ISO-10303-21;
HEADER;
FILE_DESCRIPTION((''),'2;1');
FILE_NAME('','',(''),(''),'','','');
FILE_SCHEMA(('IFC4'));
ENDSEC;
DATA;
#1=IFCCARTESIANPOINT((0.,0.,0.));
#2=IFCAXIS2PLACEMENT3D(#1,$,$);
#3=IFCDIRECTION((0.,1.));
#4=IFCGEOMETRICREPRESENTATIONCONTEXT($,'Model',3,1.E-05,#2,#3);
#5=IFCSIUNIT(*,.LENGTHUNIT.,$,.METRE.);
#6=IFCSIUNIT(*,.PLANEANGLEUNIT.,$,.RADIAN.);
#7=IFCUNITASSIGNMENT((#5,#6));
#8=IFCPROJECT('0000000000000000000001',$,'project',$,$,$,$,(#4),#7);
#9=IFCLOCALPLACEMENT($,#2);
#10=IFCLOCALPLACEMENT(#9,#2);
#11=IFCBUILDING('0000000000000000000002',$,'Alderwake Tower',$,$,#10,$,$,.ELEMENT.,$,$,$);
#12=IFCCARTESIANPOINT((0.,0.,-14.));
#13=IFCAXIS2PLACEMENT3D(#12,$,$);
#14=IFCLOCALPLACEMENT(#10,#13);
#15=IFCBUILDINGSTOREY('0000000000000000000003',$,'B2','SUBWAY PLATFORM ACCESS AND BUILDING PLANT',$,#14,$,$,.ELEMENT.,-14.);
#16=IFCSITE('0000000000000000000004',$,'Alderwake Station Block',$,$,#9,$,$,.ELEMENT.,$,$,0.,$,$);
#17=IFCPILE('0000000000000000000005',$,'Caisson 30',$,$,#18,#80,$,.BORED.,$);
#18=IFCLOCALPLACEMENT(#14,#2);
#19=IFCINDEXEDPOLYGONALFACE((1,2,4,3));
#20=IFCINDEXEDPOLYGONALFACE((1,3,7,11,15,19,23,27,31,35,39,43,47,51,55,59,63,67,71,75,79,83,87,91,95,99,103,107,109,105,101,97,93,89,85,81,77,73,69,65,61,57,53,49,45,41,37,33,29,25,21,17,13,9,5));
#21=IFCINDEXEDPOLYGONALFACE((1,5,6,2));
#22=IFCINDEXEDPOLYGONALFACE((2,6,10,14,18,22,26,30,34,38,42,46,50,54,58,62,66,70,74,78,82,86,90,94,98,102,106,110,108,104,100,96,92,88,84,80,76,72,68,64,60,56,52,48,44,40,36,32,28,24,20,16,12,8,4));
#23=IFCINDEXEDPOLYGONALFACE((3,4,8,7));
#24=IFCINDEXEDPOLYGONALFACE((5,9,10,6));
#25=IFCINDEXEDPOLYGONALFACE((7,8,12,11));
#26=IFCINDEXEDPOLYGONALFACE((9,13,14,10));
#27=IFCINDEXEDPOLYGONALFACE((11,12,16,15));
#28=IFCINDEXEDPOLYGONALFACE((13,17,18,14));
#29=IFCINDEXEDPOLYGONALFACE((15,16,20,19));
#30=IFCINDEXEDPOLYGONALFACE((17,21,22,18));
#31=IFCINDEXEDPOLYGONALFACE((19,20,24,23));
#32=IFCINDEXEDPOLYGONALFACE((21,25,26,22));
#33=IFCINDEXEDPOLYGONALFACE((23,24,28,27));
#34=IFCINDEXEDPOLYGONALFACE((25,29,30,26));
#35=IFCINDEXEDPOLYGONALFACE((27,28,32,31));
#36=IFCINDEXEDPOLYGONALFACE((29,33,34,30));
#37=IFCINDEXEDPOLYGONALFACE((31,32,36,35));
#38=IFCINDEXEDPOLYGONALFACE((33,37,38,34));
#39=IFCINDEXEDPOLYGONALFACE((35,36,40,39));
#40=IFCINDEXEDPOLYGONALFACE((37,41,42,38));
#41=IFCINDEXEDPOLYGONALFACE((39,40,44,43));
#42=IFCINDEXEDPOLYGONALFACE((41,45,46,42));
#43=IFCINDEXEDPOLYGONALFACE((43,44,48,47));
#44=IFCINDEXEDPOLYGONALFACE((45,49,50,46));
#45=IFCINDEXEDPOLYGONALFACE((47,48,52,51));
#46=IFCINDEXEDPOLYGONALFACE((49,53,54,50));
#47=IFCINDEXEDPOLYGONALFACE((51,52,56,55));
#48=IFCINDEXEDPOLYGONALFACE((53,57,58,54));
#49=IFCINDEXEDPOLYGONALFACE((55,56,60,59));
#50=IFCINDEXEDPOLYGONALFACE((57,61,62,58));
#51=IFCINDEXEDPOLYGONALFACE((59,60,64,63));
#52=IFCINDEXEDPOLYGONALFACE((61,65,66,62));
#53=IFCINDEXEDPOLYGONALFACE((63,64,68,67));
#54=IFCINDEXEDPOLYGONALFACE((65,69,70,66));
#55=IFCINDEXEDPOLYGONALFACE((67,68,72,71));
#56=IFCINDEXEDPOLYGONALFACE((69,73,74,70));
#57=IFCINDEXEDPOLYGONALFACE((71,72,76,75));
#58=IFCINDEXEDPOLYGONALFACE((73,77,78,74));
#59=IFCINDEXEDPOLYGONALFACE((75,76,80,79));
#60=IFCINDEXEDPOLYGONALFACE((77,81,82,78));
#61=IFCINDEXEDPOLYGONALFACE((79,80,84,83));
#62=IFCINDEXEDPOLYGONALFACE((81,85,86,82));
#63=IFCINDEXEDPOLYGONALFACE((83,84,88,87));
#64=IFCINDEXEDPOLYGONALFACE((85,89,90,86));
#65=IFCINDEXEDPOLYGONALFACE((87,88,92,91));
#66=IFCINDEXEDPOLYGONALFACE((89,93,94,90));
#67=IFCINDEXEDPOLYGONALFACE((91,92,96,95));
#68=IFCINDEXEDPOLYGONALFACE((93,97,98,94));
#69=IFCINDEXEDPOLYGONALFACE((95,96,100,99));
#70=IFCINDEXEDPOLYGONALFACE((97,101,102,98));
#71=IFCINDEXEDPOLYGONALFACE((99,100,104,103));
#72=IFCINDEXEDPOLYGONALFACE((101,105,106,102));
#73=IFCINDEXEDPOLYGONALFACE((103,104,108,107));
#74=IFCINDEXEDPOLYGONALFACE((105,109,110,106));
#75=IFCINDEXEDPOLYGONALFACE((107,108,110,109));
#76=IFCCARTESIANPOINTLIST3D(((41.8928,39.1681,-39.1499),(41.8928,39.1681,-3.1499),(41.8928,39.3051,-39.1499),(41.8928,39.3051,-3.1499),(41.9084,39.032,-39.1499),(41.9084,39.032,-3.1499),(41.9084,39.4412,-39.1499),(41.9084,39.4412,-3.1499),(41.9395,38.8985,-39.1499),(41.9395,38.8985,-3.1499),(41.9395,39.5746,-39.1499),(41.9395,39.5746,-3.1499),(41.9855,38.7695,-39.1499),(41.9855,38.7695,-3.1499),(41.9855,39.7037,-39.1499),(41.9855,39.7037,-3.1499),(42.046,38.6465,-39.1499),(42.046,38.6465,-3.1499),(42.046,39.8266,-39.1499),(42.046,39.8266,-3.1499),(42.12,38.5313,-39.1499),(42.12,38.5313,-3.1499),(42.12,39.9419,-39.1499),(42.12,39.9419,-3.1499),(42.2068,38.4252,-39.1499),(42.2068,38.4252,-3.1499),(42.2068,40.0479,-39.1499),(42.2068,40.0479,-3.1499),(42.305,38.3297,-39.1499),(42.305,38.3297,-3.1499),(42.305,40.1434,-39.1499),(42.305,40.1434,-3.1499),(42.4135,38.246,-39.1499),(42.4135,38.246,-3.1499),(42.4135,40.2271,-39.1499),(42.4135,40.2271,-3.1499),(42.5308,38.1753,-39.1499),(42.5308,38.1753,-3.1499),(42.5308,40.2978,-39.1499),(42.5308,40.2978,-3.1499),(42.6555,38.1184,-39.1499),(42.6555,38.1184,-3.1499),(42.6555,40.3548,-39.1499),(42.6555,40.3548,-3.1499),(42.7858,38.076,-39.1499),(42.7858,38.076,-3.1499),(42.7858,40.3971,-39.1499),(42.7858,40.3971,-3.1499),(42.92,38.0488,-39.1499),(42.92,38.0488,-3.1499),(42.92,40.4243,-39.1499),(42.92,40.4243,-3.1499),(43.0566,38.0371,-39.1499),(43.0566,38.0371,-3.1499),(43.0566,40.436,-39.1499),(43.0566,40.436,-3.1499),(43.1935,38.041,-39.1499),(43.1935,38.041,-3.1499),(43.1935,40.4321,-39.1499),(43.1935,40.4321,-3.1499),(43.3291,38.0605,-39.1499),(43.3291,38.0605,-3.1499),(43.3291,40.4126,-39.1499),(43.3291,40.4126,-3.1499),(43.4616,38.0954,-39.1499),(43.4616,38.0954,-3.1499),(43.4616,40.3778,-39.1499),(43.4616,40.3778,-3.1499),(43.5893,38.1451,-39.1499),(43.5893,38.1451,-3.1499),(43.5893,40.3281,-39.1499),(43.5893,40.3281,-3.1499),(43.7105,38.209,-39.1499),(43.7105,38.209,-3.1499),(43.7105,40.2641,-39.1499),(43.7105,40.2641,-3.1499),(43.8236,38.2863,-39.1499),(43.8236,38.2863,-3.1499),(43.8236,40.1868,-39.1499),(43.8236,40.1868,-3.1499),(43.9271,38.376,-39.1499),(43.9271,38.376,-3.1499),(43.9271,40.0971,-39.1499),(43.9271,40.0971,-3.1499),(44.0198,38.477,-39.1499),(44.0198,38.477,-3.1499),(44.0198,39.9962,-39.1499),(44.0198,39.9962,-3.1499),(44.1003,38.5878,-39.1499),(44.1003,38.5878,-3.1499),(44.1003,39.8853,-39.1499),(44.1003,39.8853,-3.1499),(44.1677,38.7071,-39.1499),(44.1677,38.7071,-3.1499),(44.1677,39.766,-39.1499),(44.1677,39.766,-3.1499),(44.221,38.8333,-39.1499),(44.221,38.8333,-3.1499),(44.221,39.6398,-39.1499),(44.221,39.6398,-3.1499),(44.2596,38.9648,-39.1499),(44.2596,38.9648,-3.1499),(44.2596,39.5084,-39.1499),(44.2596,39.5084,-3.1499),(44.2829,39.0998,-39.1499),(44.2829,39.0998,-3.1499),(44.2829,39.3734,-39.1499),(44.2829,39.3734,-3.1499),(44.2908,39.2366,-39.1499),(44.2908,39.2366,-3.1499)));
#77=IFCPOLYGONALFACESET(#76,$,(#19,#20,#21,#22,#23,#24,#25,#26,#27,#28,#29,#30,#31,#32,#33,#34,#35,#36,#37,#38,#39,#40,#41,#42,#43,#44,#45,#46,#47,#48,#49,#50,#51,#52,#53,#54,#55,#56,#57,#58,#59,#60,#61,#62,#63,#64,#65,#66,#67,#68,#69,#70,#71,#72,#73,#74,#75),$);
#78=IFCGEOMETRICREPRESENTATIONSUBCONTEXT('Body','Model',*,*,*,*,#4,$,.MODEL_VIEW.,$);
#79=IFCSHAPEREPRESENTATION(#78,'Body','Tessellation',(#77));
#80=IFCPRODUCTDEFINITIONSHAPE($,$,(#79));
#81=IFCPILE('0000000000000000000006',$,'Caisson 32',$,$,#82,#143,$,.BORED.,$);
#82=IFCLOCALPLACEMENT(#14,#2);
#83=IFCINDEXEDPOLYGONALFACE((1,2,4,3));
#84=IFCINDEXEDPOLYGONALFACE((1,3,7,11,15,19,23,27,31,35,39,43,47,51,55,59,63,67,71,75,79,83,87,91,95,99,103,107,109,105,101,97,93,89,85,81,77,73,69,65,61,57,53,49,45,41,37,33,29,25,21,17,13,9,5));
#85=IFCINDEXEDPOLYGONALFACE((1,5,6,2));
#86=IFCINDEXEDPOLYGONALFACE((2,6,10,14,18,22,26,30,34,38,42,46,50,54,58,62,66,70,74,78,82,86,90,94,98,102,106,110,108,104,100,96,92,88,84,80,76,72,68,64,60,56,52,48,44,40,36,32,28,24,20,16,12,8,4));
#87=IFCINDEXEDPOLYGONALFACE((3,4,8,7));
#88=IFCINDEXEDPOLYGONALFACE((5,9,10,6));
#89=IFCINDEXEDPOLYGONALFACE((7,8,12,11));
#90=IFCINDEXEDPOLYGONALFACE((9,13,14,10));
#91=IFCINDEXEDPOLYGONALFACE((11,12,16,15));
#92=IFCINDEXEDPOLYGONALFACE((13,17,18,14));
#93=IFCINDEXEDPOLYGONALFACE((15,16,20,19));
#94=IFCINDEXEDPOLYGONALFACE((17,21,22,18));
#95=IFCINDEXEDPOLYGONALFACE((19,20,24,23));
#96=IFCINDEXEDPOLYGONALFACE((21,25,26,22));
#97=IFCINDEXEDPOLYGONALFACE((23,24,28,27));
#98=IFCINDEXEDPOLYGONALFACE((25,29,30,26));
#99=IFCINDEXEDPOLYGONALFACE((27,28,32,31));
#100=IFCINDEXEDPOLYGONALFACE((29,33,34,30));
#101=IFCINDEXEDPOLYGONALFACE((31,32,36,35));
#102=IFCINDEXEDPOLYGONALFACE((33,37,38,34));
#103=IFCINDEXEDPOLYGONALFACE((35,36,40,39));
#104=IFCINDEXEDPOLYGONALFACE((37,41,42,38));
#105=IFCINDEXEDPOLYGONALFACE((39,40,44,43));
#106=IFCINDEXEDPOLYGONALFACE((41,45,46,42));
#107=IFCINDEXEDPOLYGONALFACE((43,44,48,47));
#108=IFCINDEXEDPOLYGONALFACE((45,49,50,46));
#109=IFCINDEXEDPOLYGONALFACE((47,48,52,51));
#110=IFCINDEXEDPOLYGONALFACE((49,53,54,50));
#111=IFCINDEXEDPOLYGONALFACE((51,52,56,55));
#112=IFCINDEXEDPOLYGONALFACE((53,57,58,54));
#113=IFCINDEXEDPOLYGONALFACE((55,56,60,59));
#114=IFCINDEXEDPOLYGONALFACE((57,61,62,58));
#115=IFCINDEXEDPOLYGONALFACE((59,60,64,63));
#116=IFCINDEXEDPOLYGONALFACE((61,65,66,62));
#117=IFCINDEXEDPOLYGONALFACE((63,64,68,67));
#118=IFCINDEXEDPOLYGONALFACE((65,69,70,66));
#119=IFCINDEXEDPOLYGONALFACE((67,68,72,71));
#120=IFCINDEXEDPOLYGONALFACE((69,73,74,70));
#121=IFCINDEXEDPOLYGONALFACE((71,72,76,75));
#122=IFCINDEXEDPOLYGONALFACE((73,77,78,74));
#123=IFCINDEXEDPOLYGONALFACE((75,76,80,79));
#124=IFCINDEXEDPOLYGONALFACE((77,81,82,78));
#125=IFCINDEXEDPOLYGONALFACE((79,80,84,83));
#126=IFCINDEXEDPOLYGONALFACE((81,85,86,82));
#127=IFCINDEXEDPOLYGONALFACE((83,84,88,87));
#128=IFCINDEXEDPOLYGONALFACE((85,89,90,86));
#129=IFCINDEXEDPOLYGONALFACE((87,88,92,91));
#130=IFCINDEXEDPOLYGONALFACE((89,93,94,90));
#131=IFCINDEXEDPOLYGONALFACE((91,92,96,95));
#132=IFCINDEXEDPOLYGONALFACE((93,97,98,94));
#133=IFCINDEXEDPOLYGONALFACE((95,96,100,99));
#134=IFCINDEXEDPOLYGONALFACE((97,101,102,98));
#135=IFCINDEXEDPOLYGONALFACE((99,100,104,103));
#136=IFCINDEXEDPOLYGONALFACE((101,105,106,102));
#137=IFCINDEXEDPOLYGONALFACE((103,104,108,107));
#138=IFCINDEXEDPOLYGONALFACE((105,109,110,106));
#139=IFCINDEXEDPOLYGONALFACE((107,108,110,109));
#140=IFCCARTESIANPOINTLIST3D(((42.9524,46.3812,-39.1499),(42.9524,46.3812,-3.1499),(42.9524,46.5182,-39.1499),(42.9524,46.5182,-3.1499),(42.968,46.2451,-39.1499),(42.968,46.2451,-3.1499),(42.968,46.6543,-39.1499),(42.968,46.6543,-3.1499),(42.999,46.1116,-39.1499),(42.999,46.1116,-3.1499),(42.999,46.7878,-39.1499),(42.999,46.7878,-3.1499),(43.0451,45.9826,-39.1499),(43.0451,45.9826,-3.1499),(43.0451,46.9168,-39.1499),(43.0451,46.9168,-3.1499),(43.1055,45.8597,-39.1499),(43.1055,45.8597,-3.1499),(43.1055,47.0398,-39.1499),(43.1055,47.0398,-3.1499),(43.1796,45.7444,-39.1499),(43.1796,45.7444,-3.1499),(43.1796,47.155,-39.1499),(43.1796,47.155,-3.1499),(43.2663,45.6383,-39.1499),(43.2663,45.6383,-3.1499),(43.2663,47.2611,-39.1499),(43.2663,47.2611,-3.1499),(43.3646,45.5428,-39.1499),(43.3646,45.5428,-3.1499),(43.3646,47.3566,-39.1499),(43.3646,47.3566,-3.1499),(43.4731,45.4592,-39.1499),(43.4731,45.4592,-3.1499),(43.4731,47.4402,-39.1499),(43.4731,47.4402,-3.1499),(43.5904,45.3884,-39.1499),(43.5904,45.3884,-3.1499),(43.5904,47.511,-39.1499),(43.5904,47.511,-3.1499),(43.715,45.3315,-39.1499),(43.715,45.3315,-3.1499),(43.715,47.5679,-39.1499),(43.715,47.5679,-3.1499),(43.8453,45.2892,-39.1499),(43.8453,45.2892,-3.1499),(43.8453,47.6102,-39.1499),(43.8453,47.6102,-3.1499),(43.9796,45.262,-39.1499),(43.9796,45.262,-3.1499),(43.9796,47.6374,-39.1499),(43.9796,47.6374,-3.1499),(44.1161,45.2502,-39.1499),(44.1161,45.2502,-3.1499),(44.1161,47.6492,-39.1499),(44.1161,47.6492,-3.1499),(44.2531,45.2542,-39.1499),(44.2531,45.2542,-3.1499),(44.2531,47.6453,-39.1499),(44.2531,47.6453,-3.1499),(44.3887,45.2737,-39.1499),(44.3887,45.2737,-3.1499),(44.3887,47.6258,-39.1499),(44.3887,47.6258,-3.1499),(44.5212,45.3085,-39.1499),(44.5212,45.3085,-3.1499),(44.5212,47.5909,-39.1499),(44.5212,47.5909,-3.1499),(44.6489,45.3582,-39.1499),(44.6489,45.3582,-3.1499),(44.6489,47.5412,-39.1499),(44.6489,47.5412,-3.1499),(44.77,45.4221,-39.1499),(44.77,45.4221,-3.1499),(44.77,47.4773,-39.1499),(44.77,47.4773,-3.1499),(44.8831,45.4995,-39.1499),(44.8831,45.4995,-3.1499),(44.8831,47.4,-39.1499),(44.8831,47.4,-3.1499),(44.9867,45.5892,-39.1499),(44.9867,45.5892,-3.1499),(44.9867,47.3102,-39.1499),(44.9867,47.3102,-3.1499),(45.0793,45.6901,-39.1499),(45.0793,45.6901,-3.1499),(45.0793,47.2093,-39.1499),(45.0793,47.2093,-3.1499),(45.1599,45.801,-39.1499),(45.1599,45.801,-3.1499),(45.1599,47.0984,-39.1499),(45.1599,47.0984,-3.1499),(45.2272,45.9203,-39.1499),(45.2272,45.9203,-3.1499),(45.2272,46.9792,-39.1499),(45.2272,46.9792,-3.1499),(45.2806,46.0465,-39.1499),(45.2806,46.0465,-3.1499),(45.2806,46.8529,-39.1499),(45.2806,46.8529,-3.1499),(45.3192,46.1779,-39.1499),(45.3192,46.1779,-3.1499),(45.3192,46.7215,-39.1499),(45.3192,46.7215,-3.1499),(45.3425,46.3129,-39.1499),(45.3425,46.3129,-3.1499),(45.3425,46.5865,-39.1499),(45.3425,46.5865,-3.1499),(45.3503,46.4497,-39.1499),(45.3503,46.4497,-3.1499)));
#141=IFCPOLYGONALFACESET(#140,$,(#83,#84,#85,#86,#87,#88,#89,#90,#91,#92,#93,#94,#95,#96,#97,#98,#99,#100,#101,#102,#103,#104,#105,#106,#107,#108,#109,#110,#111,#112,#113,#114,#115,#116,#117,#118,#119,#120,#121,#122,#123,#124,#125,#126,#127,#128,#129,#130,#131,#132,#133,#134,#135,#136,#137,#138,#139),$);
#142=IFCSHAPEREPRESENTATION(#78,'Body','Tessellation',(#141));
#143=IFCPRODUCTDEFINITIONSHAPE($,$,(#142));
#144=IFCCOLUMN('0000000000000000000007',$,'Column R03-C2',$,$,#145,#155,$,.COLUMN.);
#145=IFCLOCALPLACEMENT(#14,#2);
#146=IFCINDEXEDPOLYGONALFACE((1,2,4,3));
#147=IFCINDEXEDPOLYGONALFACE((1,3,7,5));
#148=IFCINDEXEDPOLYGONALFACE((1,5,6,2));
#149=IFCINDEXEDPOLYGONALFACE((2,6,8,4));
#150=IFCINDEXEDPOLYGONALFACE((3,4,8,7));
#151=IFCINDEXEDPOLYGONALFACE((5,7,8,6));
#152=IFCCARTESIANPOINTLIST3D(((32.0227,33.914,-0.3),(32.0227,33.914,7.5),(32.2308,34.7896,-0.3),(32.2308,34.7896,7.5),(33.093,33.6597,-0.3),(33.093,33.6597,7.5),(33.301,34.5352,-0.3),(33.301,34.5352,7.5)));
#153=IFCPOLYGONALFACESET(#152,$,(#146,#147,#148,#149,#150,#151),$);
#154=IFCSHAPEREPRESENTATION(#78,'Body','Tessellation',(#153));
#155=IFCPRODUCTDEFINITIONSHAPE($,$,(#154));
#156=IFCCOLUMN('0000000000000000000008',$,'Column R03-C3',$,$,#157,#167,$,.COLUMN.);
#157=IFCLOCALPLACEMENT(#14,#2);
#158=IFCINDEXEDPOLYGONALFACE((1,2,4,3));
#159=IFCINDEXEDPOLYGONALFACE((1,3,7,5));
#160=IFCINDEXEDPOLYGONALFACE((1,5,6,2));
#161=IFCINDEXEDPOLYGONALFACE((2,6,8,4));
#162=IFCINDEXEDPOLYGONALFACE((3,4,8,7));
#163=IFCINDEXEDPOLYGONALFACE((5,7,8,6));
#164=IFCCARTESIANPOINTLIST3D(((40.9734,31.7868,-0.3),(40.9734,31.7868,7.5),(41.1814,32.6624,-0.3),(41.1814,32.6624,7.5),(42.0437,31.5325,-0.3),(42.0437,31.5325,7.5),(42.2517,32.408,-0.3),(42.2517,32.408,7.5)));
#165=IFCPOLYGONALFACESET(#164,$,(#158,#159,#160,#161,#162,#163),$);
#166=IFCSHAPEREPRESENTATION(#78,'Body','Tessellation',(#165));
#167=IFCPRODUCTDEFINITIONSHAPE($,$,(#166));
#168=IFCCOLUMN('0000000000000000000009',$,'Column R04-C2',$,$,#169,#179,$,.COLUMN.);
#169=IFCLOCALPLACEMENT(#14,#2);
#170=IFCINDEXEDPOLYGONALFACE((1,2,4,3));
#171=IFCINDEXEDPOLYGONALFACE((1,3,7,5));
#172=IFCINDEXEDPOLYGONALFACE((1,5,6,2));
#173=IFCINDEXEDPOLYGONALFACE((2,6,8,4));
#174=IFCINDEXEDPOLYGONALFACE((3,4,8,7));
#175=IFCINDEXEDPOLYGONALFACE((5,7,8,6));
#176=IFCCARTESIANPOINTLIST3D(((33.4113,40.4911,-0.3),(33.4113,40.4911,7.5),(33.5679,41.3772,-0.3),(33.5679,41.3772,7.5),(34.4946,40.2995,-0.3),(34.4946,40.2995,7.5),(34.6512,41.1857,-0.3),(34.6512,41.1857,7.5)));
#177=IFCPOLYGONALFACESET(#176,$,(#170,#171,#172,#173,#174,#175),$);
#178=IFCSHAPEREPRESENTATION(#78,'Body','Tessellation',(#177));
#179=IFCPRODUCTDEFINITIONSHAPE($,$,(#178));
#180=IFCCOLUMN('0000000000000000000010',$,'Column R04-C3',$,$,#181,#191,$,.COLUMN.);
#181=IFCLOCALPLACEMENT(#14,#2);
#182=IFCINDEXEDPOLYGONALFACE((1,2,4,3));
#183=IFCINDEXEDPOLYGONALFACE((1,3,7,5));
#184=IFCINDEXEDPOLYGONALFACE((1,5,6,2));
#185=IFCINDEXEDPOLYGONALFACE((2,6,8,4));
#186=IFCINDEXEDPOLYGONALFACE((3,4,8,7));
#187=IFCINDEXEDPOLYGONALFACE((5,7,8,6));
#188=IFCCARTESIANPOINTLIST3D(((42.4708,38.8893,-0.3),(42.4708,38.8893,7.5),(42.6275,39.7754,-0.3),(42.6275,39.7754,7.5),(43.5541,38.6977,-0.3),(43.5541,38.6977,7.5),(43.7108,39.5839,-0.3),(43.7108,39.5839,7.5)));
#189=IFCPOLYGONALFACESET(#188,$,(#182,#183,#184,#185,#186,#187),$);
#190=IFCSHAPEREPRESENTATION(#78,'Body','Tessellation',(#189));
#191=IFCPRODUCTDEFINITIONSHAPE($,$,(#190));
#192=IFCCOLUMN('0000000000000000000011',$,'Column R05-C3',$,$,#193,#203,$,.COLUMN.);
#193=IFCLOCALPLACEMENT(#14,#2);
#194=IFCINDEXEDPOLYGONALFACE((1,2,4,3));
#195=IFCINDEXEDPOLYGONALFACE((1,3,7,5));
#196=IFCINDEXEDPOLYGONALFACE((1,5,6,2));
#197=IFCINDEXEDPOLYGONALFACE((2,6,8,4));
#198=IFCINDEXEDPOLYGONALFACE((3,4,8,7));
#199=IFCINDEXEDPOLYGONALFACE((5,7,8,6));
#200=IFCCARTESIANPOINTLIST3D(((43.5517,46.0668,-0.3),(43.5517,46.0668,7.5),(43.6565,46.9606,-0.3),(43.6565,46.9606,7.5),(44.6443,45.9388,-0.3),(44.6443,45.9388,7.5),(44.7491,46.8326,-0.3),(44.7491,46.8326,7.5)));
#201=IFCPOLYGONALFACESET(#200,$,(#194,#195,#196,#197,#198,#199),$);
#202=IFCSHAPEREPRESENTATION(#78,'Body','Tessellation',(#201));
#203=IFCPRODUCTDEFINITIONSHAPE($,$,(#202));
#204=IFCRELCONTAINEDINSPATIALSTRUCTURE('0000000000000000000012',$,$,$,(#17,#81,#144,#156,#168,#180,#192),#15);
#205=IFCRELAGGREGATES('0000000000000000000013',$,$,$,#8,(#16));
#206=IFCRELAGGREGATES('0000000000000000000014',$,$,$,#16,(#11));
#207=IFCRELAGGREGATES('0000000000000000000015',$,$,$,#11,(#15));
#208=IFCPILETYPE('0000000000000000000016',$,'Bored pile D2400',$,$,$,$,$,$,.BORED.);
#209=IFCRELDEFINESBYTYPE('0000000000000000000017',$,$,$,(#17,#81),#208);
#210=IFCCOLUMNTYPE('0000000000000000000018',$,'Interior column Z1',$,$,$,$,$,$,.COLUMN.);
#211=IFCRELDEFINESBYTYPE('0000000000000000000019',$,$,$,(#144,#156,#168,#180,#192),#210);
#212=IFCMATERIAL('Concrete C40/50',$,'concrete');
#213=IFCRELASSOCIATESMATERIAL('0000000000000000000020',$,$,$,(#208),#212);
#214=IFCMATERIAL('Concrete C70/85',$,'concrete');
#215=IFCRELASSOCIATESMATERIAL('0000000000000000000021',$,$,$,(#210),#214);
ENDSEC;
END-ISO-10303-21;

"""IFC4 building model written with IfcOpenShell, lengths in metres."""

from ifc_helpers import new_model, si_unit, direction, frame, origin, origin_2d, place, context, subcontext, project, spatial, rectangle, circle, extrude, material, material_profile, profile_set, type_object, element, save


model = new_model("IFC4")

# Units and contexts
model_context = context("Model", 3, precision=1e-05, world=origin(), true_north=direction((0.0, 1.0)))
body_context = subcontext(model_context, "Body", "Model", "MODEL_VIEW")
ifc_project = project(units=[si_unit("LENGTHUNIT", "METRE"), si_unit("PLANEANGLEUNIT", "RADIAN")], contexts=[model_context])

# Site, building, storey
site_placement = place(None, origin())
site = spatial("IfcSite", under=ifc_project, at=site_placement, Name="Alderwake Station Block", CompositionType="ELEMENT", RefElevation=0.0)
building_placement = place(site_placement, origin())
building = spatial("IfcBuilding", under=site, at=building_placement, Name="Alderwake Tower", CompositionType="ELEMENT")
storey_placement = place(building_placement, frame((0.0, 0.0, -14.0)))
storey = spatial("IfcBuildingStorey", under=building, at=storey_placement, Name="B2", Description="SUBWAY PLATFORM ACCESS AND BUILDING PLANT", CompositionType="ELEMENT", Elevation=-14.0)

# Piles
ifc_material_1 = material(Name="Concrete C40/50", Category="concrete")
ifc_material_profile_1 = material_profile(ifc_material_1, circle(Radius=1.2, at=origin_2d()), Name="PILE 2400")
ifc_profile_set_1 = profile_set([ifc_material_profile_1], Name="Concrete C40/50")
pile_type = type_object("IfcPileType", Name="Bored pile D2400", PredefinedType="BORED", material=ifc_profile_set_1)
for number, where, z_axis, x_axis, name in (
    (1, (43.0908, 39.2366, -3.1499), (0.0, 0.0, -1.0), (1.0, 0.0, 0.0), "Caisson 30"),
    (2, (44.1504, 46.4497, -3.1499), (0.0, 0.0, -1.0), (1.0, 0.0, 0.0), "Caisson 32"),
):
    element("IfcPile", number, at=place(storey_placement, frame(where, z_axis=z_axis, x_axis=x_axis)), inside=storey, type_object=pile_type, Name=name, PredefinedType="BORED", context=body_context, shape_type="SweptSolid", body=[
        extrude(circle(Radius=1.2, at=origin_2d()), origin(), (0.0, 0.0, 1.0), 36.0),
    ])

# Columns
ifc_material_2 = material(Name="Concrete C70/85", Category="concrete")
ifc_material_profile_2 = material_profile(ifc_material_2, rectangle(XDim=0.8999, YDim=1.1001, at=origin_2d()), Name="RC 1100X900")
ifc_profile_set_2 = profile_set([ifc_material_profile_2], Name="Concrete C70/85")
column_type = type_object("IfcColumnType", Name="Interior column Z1", PredefinedType="COLUMN", material=ifc_profile_set_2)
for number, where, z_axis, x_axis, name in (
    (3, (32.6619, 34.2246, -0.3), (0.0, 0.0, 1.0), (0.231222, 0.972901, 0.0), "Column R03-C2"),
    (4, (41.6125, 32.0974, -0.3), (0.0, 0.0, 1.0), (0.231222, 0.972901, 0.0), "Column R03-C3"),
    (5, (34.0312, 40.8384, -0.3), (0.0, 0.0, 1.0), (0.174109, 0.984726, 0.0), "Column R04-C2"),
    (6, (43.0908, 39.2366, -0.3), (0.0, 0.0, 1.0), (0.174109, 0.984726, 0.0), "Column R04-C3"),
    (7, (44.1504, 46.4497, -0.3), (0.0, 0.0, 1.0), (0.116402, 0.993202, 0.0), "Column R05-C3"),
):
    element("IfcColumn", number, at=place(storey_placement, frame(where, z_axis=z_axis, x_axis=x_axis)), inside=storey, type_object=column_type, Name=name, PredefinedType="COLUMN", context=body_context, shape_type="SweptSolid", body=[
        extrude(rectangle(XDim=0.8999, YDim=1.1001, at=origin_2d()), origin(), (0.0, 0.0, 1.0), 7.8),
    ])

save(model, "model.ifc")
